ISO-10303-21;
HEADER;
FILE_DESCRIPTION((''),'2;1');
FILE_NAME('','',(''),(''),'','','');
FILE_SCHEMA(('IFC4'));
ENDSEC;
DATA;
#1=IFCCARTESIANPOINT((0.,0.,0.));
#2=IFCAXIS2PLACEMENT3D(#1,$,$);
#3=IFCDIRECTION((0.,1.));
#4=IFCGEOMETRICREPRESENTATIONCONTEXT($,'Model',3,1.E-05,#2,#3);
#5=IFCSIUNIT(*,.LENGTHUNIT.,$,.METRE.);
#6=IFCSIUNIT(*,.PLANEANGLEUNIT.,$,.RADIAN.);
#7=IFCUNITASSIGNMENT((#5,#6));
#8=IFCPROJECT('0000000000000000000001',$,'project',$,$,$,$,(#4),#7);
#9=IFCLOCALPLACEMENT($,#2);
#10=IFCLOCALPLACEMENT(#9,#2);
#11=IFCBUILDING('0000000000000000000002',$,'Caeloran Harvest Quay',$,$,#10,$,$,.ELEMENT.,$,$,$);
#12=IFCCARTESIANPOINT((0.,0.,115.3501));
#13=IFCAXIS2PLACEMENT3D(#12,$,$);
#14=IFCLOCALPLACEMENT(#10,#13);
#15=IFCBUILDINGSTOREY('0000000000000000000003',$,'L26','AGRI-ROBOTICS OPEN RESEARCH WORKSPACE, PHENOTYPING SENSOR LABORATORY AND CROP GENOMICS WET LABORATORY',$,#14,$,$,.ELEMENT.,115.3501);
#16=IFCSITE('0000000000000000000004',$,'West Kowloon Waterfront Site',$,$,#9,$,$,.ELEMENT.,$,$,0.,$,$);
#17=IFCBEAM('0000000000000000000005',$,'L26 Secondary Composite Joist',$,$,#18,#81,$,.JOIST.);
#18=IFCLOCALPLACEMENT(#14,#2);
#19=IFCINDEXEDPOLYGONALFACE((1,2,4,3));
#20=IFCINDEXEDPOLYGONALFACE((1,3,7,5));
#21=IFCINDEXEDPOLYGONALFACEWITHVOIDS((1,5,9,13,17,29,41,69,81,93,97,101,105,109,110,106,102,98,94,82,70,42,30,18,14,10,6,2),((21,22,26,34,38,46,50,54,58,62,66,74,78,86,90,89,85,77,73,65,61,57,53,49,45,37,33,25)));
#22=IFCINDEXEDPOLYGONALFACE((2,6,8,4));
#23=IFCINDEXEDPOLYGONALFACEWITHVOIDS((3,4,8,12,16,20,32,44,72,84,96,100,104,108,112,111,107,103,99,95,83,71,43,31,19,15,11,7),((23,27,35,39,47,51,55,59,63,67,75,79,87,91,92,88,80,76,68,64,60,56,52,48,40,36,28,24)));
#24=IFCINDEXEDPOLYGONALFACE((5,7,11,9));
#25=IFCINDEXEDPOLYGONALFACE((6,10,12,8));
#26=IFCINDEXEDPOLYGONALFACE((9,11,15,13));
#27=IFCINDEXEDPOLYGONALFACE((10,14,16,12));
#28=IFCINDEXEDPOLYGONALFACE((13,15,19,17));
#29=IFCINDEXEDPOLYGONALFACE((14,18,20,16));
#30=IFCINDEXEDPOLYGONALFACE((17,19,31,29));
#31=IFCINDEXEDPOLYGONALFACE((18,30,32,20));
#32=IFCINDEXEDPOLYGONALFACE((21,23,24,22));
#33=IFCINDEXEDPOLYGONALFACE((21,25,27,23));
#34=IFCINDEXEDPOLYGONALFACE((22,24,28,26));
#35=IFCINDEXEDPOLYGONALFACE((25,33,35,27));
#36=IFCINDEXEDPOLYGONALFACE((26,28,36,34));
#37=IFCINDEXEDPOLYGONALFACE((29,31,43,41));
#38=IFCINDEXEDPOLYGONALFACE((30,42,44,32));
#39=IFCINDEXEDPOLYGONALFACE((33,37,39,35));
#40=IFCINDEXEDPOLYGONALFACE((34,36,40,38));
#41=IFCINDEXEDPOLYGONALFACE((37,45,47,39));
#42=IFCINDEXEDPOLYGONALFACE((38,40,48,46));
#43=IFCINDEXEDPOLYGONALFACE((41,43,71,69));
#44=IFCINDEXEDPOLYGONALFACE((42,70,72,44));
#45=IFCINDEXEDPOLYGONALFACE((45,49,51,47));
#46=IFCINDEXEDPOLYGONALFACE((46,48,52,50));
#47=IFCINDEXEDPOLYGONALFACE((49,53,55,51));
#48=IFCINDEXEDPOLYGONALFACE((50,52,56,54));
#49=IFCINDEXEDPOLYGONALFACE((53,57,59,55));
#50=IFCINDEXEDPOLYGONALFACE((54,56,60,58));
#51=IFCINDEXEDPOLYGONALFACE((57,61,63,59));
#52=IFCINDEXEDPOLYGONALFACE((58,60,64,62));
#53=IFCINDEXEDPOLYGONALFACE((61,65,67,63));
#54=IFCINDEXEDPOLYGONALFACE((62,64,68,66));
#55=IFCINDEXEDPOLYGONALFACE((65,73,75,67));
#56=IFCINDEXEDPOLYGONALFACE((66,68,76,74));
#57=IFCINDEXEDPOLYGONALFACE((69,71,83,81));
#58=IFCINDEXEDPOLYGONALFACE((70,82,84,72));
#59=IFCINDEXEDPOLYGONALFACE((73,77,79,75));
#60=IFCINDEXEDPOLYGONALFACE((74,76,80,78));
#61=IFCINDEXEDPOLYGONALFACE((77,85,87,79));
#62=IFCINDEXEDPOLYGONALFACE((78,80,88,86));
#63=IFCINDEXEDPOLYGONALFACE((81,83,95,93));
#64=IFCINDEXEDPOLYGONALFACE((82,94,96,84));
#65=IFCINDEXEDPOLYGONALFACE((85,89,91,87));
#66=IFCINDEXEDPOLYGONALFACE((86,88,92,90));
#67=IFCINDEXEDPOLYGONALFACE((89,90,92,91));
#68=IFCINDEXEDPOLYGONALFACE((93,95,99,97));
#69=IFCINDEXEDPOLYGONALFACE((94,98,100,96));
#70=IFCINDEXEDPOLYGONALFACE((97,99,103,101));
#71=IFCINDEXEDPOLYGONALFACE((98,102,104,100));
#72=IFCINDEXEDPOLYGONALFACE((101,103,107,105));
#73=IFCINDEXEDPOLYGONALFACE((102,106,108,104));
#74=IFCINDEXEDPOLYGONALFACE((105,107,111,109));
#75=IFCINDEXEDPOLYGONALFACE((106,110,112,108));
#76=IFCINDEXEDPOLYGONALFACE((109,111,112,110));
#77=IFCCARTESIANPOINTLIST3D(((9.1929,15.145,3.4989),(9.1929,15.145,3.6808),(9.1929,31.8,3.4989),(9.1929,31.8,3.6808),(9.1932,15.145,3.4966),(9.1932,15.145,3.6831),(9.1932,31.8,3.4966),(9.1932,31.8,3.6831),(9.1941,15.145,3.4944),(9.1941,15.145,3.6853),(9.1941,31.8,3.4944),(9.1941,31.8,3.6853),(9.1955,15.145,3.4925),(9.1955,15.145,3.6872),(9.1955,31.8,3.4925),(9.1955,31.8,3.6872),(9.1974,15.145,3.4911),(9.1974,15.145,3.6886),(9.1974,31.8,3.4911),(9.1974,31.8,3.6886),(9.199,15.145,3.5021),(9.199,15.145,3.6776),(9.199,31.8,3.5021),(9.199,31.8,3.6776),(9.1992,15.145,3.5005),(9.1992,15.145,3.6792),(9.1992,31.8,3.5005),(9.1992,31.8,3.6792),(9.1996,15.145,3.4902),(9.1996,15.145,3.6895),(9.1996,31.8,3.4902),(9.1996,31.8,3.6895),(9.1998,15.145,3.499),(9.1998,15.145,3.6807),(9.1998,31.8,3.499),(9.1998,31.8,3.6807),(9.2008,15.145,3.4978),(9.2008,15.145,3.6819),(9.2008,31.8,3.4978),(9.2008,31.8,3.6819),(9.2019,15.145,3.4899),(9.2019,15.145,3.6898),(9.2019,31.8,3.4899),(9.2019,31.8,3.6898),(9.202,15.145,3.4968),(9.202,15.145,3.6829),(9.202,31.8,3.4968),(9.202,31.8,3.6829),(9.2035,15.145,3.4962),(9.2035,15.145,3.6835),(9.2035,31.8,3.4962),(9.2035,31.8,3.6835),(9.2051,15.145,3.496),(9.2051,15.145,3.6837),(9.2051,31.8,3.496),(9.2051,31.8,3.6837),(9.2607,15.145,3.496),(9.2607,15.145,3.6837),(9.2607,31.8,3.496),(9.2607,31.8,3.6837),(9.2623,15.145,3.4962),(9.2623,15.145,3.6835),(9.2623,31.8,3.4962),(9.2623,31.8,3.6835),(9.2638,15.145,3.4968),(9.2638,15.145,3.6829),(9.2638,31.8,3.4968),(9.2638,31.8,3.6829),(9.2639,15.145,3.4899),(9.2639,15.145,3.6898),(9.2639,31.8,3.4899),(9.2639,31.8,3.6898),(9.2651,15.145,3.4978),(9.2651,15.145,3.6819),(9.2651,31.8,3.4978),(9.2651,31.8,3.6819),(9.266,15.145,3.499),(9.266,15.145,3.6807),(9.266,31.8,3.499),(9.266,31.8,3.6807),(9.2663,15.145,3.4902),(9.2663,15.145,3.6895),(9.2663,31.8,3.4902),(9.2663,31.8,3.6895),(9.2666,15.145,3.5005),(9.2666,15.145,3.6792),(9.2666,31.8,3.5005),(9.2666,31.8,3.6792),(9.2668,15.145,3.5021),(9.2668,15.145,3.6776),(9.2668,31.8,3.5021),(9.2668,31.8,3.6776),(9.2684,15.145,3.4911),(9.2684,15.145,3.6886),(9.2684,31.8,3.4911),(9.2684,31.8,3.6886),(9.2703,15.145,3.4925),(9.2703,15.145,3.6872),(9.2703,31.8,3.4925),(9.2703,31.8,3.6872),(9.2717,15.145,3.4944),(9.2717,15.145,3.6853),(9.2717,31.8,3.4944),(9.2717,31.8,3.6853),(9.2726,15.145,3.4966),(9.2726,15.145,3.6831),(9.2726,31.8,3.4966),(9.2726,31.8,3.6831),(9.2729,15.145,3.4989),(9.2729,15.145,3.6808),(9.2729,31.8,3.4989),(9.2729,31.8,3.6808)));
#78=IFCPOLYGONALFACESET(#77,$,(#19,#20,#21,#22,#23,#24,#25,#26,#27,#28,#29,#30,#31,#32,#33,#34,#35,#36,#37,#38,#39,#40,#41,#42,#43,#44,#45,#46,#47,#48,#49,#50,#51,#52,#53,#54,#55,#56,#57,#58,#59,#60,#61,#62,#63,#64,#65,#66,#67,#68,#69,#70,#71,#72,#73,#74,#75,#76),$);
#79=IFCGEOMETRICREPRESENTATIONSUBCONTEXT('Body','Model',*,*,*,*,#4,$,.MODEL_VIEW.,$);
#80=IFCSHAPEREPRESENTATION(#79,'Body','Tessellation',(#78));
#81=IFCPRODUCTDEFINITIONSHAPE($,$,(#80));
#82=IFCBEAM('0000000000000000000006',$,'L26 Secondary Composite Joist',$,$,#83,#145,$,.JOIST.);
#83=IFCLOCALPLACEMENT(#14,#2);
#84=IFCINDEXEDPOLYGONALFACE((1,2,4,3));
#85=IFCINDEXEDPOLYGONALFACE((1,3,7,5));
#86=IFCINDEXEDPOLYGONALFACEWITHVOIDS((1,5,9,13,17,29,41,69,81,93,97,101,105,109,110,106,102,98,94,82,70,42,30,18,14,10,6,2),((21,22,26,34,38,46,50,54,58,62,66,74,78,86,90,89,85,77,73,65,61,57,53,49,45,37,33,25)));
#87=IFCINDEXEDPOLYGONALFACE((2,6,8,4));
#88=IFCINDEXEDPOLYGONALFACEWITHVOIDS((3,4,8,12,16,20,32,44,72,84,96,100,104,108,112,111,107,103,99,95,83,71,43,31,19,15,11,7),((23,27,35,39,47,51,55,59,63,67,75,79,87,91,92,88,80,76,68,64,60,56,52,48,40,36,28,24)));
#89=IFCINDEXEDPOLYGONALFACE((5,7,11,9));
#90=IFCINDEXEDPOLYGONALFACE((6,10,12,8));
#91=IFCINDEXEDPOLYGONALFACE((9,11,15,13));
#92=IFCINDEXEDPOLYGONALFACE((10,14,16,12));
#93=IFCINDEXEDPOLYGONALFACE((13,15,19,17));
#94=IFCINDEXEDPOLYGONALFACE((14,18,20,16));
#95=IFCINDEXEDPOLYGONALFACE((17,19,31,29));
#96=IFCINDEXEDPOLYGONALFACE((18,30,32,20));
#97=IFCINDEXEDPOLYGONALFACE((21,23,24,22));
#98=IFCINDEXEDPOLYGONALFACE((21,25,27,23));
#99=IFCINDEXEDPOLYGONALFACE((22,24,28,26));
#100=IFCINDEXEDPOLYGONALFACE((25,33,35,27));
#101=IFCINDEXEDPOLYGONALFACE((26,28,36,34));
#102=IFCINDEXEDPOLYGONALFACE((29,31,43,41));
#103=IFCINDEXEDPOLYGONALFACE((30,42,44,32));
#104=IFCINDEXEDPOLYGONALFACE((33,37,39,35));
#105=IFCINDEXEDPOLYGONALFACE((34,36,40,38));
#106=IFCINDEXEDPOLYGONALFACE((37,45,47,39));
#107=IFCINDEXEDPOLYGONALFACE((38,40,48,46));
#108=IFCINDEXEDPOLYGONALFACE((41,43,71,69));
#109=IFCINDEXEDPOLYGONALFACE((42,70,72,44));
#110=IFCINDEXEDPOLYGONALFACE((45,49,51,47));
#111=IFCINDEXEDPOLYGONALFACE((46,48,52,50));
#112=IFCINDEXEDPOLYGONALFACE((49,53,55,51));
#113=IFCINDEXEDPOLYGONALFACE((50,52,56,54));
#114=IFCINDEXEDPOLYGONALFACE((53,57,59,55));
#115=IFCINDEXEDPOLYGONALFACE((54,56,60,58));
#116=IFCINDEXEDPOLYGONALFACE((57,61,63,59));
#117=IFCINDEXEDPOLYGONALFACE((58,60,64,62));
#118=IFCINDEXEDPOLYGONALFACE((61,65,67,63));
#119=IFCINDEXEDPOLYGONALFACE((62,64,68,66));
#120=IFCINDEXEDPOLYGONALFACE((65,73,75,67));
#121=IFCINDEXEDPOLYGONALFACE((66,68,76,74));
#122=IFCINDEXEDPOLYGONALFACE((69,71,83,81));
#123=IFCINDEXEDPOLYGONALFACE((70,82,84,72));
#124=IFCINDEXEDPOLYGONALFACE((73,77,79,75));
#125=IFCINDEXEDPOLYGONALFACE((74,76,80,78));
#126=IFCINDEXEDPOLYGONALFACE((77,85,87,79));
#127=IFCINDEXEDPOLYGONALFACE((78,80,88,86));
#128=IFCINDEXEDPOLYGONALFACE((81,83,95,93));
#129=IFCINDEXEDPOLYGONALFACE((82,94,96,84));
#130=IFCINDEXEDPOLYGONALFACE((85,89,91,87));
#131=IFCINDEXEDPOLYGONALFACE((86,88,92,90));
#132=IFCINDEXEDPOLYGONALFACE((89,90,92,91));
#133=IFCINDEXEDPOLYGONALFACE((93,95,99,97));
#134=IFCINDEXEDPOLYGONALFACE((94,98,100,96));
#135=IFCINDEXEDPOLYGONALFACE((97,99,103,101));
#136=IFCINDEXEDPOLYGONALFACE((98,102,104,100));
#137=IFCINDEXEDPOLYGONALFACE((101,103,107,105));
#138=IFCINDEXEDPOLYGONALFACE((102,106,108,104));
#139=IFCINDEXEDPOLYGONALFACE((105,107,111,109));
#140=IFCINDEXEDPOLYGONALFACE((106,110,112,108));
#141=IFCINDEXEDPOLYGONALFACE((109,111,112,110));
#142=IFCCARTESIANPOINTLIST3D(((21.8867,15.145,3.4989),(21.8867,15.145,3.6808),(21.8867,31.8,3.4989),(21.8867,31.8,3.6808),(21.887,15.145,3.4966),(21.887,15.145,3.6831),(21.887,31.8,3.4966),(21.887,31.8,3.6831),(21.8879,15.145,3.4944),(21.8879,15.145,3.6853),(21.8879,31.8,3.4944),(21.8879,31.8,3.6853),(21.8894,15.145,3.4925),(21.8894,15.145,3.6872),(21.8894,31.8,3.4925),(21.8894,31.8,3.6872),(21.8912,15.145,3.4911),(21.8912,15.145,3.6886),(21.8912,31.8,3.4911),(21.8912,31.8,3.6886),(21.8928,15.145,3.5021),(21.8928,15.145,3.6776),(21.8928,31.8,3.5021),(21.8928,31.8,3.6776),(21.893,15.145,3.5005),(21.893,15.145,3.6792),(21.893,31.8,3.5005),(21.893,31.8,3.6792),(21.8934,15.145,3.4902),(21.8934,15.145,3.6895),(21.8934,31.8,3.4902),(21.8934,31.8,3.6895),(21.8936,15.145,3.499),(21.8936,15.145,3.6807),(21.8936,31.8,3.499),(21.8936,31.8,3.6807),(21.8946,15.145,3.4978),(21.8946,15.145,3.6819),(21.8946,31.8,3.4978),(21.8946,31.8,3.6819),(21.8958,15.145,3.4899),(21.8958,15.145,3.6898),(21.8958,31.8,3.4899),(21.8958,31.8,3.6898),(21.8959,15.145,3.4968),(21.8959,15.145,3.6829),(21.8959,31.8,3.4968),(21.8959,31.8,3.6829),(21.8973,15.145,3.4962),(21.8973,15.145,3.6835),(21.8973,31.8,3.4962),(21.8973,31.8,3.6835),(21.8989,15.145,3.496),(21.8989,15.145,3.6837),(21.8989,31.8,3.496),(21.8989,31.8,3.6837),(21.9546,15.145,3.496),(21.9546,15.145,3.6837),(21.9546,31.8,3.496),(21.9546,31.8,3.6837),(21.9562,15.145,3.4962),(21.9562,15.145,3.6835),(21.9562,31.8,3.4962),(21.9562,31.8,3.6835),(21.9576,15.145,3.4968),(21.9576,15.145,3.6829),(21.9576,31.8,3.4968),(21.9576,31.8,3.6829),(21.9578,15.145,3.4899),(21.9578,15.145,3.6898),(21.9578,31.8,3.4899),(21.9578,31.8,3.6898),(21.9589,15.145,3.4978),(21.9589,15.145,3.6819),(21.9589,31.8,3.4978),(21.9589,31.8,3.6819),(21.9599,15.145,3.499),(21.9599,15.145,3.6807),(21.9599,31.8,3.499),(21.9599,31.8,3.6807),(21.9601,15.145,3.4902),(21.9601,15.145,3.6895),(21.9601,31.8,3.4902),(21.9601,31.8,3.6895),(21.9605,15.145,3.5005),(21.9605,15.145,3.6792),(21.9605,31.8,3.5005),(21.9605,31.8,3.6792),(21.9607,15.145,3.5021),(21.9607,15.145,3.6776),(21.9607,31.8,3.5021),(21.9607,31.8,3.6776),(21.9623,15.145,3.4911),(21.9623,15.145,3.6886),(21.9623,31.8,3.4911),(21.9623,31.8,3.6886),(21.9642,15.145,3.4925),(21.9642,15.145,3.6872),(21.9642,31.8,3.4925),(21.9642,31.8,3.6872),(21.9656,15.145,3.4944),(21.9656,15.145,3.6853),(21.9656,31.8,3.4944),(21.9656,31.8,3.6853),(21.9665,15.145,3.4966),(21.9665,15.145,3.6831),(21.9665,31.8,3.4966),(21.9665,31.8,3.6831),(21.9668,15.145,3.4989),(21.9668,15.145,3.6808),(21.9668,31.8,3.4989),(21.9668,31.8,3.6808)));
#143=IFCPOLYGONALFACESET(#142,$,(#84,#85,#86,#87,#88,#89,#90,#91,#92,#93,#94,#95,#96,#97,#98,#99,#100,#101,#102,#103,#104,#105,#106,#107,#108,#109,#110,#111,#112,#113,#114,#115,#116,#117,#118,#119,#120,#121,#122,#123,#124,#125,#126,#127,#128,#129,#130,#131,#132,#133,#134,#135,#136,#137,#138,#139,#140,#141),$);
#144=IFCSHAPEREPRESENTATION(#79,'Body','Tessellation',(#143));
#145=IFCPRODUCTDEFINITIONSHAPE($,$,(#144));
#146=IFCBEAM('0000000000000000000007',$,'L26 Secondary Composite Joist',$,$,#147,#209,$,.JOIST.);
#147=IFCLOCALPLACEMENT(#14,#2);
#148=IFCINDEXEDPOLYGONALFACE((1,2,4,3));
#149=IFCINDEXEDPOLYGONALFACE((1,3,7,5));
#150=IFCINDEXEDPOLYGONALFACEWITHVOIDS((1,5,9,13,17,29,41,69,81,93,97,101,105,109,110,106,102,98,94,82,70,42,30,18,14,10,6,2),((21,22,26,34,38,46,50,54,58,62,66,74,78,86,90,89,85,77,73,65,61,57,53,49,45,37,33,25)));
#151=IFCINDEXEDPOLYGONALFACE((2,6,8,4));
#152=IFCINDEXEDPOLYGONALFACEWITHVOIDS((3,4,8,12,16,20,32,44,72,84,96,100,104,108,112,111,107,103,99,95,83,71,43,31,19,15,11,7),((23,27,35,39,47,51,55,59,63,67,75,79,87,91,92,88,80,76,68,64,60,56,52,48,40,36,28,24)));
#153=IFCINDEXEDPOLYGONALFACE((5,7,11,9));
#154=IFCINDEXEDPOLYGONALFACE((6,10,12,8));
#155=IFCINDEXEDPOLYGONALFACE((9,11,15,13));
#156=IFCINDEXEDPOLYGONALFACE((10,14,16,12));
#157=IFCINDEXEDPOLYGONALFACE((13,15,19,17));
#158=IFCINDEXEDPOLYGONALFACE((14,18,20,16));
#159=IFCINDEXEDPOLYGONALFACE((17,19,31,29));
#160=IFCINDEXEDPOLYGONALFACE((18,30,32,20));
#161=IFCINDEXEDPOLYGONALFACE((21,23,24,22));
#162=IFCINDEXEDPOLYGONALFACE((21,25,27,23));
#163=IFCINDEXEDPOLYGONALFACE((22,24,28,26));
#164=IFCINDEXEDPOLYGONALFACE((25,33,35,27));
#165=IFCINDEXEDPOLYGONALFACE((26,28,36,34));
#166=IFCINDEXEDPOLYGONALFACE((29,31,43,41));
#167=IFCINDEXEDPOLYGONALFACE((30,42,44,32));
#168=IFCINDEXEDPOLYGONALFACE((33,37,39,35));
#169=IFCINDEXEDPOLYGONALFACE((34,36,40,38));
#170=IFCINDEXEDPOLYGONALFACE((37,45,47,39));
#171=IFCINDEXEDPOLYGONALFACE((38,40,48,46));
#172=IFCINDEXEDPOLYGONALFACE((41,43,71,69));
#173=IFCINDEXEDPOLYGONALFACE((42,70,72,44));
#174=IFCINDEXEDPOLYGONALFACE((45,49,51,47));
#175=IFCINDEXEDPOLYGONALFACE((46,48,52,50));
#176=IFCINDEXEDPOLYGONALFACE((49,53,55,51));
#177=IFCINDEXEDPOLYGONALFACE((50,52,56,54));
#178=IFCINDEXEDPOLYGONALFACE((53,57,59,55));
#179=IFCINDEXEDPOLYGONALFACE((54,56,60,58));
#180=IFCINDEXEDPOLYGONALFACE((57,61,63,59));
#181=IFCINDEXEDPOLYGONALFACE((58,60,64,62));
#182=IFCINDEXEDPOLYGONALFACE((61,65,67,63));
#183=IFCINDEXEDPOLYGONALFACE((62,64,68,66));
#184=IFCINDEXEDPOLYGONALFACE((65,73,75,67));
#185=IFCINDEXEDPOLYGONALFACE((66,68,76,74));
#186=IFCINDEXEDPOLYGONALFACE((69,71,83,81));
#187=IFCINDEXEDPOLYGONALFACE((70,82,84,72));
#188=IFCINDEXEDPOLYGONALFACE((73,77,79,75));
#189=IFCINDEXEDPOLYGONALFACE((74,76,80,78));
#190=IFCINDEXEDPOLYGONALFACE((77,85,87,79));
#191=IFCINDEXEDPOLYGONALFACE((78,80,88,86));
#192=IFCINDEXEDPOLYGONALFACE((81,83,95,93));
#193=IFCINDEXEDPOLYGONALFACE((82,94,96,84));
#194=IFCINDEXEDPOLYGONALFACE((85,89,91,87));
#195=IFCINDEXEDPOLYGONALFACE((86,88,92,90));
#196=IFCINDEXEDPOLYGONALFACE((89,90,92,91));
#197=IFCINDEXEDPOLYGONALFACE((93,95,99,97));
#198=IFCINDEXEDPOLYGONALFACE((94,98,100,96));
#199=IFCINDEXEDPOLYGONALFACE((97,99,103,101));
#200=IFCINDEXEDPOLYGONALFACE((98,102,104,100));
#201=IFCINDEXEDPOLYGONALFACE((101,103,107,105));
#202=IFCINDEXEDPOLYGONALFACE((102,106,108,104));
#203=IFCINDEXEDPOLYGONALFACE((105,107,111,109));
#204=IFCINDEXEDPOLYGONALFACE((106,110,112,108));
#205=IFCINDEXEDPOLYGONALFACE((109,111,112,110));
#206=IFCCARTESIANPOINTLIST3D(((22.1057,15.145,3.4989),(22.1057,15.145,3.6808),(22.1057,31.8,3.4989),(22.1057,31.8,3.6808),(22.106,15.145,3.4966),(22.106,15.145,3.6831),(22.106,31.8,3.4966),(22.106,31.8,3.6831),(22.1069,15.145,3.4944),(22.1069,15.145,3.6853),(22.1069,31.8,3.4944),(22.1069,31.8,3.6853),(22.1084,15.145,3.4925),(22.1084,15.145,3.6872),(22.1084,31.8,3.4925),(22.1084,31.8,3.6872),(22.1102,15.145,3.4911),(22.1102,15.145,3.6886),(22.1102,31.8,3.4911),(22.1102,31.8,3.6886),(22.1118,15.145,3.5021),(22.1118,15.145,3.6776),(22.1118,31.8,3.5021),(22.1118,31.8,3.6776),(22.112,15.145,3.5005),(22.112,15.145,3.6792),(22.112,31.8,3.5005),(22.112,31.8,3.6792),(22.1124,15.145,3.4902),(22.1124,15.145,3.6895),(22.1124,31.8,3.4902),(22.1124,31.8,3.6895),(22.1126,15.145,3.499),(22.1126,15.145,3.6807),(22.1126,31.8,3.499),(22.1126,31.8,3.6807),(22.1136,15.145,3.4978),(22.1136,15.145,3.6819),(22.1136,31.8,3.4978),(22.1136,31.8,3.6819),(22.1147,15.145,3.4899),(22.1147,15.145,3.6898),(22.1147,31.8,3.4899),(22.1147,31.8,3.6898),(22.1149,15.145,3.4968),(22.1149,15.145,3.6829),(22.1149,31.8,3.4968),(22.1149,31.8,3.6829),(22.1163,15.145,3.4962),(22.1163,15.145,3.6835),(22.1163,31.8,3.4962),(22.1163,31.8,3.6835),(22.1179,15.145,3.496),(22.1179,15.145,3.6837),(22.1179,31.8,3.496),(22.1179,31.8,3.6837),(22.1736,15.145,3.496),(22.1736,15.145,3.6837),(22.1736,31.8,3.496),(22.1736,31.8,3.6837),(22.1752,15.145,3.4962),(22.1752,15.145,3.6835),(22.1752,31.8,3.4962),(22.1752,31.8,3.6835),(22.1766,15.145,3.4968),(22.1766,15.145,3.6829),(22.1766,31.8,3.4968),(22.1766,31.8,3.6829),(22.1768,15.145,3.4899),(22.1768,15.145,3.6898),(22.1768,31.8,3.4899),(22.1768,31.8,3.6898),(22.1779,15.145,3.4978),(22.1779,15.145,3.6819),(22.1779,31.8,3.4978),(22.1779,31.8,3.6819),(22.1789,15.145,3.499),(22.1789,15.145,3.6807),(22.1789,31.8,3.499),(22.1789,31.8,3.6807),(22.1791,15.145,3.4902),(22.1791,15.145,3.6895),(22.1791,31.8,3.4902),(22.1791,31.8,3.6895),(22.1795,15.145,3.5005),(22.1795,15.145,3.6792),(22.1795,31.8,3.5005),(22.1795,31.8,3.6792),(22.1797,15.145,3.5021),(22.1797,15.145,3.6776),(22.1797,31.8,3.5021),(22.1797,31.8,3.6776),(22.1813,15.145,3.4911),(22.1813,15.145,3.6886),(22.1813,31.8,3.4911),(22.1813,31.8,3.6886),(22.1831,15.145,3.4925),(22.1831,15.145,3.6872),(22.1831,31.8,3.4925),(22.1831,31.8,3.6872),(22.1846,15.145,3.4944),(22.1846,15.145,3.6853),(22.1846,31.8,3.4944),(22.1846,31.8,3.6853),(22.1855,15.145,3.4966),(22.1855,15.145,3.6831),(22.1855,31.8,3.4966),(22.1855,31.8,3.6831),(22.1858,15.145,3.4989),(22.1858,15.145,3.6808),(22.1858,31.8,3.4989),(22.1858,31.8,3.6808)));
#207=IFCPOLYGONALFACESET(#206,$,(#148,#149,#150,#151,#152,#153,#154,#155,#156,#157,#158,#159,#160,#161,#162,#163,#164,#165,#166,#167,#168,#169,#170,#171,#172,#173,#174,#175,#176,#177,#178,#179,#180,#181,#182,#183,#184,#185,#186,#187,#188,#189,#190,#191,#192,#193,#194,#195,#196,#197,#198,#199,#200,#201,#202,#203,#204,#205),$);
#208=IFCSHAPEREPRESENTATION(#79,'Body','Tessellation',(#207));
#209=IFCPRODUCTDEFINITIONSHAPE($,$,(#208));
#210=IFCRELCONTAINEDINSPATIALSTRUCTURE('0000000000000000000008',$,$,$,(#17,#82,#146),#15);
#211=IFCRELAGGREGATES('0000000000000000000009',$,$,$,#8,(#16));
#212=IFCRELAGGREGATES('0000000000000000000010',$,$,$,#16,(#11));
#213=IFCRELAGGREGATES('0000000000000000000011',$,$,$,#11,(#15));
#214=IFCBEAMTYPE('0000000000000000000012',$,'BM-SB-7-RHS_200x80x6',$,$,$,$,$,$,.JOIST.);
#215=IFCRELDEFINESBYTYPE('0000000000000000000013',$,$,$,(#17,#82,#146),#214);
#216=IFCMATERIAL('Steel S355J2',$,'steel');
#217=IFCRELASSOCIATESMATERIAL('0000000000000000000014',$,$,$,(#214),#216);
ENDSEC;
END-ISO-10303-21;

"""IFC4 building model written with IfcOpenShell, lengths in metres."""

from ifc_helpers import new_model, si_unit, direction, frame, origin, origin_2d, place, context, subcontext, project, spatial, hollow_rectangle, extrude, material, material_profile, profile_set, type_object, element, save


model = new_model("IFC4")

# Units and contexts
model_context = context("Model", 3, precision=1e-05, world=origin(), true_north=direction((0.0, 1.0)))
body_context = subcontext(model_context, "Body", "Model", "MODEL_VIEW")
ifc_project = project(units=[si_unit("LENGTHUNIT", "METRE"), si_unit("PLANEANGLEUNIT", "RADIAN")], contexts=[model_context])

# Site, building, storey
site_placement = place(None, origin())
site = spatial("IfcSite", under=ifc_project, at=site_placement, Name="West Kowloon Waterfront Site", CompositionType="ELEMENT", RefElevation=0.0)
building_placement = place(site_placement, origin())
building = spatial("IfcBuilding", under=site, at=building_placement, Name="Caeloran Harvest Quay", CompositionType="ELEMENT")
storey_placement = place(building_placement, frame((0.0, 0.0, 115.3501)))
storey = spatial("IfcBuildingStorey", under=building, at=storey_placement, Name="L26", Description="AGRI-ROBOTICS OPEN RESEARCH WORKSPACE, PHENOTYPING SENSOR LABORATORY AND CROP GENOMICS WET LABORATORY", CompositionType="ELEMENT", Elevation=115.3501)

# Beams
ifc_material_1 = material(Name="Steel S355J2", Category="steel")
ifc_material_profile_1 = material_profile(ifc_material_1, hollow_rectangle(XDim=0.0801, YDim=0.2, WallThickness=0.0061, InnerFilletRadius=0.0061, OuterFilletRadius=0.009, at=origin_2d()), Name="RHS 200x80x6")
ifc_profile_set_1 = profile_set([ifc_material_profile_1], Name="Steel S355J2")
beam_type_1 = type_object("IfcBeamType", Name="BM-SB-7-RHS_200x80x6", PredefinedType="JOIST", material=ifc_profile_set_1)
for number, where, z_axis, x_axis, name in (
    (1, (9.2329, 15.145, 3.5898), (0.0, 1.0, 0.0), (-1.0, 0.0, 0.0), "L26 Secondary Composite Joist"),
    (2, (21.9268, 15.145, 3.5898), (0.0, 1.0, 0.0), (-1.0, 0.0, 0.0), "L26 Secondary Composite Joist"),
    (3, (22.1458, 15.145, 3.5898), (0.0, 1.0, 0.0), (-1.0, 0.0, 0.0), "L26 Secondary Composite Joist"),
):
    element("IfcBeam", number, at=place(storey_placement, frame(where, z_axis=z_axis, x_axis=x_axis)), inside=storey, type_object=beam_type_1, Name=name, PredefinedType="JOIST", context=body_context, shape_type="SweptSolid", body=[
        extrude(hollow_rectangle(XDim=0.0801, YDim=0.2, WallThickness=0.0061, InnerFilletRadius=0.0061, OuterFilletRadius=0.009, at=origin_2d()), origin(), (0.0, 0.0, 1.0), 16.655),
    ])

save(model, "model.ifc")
